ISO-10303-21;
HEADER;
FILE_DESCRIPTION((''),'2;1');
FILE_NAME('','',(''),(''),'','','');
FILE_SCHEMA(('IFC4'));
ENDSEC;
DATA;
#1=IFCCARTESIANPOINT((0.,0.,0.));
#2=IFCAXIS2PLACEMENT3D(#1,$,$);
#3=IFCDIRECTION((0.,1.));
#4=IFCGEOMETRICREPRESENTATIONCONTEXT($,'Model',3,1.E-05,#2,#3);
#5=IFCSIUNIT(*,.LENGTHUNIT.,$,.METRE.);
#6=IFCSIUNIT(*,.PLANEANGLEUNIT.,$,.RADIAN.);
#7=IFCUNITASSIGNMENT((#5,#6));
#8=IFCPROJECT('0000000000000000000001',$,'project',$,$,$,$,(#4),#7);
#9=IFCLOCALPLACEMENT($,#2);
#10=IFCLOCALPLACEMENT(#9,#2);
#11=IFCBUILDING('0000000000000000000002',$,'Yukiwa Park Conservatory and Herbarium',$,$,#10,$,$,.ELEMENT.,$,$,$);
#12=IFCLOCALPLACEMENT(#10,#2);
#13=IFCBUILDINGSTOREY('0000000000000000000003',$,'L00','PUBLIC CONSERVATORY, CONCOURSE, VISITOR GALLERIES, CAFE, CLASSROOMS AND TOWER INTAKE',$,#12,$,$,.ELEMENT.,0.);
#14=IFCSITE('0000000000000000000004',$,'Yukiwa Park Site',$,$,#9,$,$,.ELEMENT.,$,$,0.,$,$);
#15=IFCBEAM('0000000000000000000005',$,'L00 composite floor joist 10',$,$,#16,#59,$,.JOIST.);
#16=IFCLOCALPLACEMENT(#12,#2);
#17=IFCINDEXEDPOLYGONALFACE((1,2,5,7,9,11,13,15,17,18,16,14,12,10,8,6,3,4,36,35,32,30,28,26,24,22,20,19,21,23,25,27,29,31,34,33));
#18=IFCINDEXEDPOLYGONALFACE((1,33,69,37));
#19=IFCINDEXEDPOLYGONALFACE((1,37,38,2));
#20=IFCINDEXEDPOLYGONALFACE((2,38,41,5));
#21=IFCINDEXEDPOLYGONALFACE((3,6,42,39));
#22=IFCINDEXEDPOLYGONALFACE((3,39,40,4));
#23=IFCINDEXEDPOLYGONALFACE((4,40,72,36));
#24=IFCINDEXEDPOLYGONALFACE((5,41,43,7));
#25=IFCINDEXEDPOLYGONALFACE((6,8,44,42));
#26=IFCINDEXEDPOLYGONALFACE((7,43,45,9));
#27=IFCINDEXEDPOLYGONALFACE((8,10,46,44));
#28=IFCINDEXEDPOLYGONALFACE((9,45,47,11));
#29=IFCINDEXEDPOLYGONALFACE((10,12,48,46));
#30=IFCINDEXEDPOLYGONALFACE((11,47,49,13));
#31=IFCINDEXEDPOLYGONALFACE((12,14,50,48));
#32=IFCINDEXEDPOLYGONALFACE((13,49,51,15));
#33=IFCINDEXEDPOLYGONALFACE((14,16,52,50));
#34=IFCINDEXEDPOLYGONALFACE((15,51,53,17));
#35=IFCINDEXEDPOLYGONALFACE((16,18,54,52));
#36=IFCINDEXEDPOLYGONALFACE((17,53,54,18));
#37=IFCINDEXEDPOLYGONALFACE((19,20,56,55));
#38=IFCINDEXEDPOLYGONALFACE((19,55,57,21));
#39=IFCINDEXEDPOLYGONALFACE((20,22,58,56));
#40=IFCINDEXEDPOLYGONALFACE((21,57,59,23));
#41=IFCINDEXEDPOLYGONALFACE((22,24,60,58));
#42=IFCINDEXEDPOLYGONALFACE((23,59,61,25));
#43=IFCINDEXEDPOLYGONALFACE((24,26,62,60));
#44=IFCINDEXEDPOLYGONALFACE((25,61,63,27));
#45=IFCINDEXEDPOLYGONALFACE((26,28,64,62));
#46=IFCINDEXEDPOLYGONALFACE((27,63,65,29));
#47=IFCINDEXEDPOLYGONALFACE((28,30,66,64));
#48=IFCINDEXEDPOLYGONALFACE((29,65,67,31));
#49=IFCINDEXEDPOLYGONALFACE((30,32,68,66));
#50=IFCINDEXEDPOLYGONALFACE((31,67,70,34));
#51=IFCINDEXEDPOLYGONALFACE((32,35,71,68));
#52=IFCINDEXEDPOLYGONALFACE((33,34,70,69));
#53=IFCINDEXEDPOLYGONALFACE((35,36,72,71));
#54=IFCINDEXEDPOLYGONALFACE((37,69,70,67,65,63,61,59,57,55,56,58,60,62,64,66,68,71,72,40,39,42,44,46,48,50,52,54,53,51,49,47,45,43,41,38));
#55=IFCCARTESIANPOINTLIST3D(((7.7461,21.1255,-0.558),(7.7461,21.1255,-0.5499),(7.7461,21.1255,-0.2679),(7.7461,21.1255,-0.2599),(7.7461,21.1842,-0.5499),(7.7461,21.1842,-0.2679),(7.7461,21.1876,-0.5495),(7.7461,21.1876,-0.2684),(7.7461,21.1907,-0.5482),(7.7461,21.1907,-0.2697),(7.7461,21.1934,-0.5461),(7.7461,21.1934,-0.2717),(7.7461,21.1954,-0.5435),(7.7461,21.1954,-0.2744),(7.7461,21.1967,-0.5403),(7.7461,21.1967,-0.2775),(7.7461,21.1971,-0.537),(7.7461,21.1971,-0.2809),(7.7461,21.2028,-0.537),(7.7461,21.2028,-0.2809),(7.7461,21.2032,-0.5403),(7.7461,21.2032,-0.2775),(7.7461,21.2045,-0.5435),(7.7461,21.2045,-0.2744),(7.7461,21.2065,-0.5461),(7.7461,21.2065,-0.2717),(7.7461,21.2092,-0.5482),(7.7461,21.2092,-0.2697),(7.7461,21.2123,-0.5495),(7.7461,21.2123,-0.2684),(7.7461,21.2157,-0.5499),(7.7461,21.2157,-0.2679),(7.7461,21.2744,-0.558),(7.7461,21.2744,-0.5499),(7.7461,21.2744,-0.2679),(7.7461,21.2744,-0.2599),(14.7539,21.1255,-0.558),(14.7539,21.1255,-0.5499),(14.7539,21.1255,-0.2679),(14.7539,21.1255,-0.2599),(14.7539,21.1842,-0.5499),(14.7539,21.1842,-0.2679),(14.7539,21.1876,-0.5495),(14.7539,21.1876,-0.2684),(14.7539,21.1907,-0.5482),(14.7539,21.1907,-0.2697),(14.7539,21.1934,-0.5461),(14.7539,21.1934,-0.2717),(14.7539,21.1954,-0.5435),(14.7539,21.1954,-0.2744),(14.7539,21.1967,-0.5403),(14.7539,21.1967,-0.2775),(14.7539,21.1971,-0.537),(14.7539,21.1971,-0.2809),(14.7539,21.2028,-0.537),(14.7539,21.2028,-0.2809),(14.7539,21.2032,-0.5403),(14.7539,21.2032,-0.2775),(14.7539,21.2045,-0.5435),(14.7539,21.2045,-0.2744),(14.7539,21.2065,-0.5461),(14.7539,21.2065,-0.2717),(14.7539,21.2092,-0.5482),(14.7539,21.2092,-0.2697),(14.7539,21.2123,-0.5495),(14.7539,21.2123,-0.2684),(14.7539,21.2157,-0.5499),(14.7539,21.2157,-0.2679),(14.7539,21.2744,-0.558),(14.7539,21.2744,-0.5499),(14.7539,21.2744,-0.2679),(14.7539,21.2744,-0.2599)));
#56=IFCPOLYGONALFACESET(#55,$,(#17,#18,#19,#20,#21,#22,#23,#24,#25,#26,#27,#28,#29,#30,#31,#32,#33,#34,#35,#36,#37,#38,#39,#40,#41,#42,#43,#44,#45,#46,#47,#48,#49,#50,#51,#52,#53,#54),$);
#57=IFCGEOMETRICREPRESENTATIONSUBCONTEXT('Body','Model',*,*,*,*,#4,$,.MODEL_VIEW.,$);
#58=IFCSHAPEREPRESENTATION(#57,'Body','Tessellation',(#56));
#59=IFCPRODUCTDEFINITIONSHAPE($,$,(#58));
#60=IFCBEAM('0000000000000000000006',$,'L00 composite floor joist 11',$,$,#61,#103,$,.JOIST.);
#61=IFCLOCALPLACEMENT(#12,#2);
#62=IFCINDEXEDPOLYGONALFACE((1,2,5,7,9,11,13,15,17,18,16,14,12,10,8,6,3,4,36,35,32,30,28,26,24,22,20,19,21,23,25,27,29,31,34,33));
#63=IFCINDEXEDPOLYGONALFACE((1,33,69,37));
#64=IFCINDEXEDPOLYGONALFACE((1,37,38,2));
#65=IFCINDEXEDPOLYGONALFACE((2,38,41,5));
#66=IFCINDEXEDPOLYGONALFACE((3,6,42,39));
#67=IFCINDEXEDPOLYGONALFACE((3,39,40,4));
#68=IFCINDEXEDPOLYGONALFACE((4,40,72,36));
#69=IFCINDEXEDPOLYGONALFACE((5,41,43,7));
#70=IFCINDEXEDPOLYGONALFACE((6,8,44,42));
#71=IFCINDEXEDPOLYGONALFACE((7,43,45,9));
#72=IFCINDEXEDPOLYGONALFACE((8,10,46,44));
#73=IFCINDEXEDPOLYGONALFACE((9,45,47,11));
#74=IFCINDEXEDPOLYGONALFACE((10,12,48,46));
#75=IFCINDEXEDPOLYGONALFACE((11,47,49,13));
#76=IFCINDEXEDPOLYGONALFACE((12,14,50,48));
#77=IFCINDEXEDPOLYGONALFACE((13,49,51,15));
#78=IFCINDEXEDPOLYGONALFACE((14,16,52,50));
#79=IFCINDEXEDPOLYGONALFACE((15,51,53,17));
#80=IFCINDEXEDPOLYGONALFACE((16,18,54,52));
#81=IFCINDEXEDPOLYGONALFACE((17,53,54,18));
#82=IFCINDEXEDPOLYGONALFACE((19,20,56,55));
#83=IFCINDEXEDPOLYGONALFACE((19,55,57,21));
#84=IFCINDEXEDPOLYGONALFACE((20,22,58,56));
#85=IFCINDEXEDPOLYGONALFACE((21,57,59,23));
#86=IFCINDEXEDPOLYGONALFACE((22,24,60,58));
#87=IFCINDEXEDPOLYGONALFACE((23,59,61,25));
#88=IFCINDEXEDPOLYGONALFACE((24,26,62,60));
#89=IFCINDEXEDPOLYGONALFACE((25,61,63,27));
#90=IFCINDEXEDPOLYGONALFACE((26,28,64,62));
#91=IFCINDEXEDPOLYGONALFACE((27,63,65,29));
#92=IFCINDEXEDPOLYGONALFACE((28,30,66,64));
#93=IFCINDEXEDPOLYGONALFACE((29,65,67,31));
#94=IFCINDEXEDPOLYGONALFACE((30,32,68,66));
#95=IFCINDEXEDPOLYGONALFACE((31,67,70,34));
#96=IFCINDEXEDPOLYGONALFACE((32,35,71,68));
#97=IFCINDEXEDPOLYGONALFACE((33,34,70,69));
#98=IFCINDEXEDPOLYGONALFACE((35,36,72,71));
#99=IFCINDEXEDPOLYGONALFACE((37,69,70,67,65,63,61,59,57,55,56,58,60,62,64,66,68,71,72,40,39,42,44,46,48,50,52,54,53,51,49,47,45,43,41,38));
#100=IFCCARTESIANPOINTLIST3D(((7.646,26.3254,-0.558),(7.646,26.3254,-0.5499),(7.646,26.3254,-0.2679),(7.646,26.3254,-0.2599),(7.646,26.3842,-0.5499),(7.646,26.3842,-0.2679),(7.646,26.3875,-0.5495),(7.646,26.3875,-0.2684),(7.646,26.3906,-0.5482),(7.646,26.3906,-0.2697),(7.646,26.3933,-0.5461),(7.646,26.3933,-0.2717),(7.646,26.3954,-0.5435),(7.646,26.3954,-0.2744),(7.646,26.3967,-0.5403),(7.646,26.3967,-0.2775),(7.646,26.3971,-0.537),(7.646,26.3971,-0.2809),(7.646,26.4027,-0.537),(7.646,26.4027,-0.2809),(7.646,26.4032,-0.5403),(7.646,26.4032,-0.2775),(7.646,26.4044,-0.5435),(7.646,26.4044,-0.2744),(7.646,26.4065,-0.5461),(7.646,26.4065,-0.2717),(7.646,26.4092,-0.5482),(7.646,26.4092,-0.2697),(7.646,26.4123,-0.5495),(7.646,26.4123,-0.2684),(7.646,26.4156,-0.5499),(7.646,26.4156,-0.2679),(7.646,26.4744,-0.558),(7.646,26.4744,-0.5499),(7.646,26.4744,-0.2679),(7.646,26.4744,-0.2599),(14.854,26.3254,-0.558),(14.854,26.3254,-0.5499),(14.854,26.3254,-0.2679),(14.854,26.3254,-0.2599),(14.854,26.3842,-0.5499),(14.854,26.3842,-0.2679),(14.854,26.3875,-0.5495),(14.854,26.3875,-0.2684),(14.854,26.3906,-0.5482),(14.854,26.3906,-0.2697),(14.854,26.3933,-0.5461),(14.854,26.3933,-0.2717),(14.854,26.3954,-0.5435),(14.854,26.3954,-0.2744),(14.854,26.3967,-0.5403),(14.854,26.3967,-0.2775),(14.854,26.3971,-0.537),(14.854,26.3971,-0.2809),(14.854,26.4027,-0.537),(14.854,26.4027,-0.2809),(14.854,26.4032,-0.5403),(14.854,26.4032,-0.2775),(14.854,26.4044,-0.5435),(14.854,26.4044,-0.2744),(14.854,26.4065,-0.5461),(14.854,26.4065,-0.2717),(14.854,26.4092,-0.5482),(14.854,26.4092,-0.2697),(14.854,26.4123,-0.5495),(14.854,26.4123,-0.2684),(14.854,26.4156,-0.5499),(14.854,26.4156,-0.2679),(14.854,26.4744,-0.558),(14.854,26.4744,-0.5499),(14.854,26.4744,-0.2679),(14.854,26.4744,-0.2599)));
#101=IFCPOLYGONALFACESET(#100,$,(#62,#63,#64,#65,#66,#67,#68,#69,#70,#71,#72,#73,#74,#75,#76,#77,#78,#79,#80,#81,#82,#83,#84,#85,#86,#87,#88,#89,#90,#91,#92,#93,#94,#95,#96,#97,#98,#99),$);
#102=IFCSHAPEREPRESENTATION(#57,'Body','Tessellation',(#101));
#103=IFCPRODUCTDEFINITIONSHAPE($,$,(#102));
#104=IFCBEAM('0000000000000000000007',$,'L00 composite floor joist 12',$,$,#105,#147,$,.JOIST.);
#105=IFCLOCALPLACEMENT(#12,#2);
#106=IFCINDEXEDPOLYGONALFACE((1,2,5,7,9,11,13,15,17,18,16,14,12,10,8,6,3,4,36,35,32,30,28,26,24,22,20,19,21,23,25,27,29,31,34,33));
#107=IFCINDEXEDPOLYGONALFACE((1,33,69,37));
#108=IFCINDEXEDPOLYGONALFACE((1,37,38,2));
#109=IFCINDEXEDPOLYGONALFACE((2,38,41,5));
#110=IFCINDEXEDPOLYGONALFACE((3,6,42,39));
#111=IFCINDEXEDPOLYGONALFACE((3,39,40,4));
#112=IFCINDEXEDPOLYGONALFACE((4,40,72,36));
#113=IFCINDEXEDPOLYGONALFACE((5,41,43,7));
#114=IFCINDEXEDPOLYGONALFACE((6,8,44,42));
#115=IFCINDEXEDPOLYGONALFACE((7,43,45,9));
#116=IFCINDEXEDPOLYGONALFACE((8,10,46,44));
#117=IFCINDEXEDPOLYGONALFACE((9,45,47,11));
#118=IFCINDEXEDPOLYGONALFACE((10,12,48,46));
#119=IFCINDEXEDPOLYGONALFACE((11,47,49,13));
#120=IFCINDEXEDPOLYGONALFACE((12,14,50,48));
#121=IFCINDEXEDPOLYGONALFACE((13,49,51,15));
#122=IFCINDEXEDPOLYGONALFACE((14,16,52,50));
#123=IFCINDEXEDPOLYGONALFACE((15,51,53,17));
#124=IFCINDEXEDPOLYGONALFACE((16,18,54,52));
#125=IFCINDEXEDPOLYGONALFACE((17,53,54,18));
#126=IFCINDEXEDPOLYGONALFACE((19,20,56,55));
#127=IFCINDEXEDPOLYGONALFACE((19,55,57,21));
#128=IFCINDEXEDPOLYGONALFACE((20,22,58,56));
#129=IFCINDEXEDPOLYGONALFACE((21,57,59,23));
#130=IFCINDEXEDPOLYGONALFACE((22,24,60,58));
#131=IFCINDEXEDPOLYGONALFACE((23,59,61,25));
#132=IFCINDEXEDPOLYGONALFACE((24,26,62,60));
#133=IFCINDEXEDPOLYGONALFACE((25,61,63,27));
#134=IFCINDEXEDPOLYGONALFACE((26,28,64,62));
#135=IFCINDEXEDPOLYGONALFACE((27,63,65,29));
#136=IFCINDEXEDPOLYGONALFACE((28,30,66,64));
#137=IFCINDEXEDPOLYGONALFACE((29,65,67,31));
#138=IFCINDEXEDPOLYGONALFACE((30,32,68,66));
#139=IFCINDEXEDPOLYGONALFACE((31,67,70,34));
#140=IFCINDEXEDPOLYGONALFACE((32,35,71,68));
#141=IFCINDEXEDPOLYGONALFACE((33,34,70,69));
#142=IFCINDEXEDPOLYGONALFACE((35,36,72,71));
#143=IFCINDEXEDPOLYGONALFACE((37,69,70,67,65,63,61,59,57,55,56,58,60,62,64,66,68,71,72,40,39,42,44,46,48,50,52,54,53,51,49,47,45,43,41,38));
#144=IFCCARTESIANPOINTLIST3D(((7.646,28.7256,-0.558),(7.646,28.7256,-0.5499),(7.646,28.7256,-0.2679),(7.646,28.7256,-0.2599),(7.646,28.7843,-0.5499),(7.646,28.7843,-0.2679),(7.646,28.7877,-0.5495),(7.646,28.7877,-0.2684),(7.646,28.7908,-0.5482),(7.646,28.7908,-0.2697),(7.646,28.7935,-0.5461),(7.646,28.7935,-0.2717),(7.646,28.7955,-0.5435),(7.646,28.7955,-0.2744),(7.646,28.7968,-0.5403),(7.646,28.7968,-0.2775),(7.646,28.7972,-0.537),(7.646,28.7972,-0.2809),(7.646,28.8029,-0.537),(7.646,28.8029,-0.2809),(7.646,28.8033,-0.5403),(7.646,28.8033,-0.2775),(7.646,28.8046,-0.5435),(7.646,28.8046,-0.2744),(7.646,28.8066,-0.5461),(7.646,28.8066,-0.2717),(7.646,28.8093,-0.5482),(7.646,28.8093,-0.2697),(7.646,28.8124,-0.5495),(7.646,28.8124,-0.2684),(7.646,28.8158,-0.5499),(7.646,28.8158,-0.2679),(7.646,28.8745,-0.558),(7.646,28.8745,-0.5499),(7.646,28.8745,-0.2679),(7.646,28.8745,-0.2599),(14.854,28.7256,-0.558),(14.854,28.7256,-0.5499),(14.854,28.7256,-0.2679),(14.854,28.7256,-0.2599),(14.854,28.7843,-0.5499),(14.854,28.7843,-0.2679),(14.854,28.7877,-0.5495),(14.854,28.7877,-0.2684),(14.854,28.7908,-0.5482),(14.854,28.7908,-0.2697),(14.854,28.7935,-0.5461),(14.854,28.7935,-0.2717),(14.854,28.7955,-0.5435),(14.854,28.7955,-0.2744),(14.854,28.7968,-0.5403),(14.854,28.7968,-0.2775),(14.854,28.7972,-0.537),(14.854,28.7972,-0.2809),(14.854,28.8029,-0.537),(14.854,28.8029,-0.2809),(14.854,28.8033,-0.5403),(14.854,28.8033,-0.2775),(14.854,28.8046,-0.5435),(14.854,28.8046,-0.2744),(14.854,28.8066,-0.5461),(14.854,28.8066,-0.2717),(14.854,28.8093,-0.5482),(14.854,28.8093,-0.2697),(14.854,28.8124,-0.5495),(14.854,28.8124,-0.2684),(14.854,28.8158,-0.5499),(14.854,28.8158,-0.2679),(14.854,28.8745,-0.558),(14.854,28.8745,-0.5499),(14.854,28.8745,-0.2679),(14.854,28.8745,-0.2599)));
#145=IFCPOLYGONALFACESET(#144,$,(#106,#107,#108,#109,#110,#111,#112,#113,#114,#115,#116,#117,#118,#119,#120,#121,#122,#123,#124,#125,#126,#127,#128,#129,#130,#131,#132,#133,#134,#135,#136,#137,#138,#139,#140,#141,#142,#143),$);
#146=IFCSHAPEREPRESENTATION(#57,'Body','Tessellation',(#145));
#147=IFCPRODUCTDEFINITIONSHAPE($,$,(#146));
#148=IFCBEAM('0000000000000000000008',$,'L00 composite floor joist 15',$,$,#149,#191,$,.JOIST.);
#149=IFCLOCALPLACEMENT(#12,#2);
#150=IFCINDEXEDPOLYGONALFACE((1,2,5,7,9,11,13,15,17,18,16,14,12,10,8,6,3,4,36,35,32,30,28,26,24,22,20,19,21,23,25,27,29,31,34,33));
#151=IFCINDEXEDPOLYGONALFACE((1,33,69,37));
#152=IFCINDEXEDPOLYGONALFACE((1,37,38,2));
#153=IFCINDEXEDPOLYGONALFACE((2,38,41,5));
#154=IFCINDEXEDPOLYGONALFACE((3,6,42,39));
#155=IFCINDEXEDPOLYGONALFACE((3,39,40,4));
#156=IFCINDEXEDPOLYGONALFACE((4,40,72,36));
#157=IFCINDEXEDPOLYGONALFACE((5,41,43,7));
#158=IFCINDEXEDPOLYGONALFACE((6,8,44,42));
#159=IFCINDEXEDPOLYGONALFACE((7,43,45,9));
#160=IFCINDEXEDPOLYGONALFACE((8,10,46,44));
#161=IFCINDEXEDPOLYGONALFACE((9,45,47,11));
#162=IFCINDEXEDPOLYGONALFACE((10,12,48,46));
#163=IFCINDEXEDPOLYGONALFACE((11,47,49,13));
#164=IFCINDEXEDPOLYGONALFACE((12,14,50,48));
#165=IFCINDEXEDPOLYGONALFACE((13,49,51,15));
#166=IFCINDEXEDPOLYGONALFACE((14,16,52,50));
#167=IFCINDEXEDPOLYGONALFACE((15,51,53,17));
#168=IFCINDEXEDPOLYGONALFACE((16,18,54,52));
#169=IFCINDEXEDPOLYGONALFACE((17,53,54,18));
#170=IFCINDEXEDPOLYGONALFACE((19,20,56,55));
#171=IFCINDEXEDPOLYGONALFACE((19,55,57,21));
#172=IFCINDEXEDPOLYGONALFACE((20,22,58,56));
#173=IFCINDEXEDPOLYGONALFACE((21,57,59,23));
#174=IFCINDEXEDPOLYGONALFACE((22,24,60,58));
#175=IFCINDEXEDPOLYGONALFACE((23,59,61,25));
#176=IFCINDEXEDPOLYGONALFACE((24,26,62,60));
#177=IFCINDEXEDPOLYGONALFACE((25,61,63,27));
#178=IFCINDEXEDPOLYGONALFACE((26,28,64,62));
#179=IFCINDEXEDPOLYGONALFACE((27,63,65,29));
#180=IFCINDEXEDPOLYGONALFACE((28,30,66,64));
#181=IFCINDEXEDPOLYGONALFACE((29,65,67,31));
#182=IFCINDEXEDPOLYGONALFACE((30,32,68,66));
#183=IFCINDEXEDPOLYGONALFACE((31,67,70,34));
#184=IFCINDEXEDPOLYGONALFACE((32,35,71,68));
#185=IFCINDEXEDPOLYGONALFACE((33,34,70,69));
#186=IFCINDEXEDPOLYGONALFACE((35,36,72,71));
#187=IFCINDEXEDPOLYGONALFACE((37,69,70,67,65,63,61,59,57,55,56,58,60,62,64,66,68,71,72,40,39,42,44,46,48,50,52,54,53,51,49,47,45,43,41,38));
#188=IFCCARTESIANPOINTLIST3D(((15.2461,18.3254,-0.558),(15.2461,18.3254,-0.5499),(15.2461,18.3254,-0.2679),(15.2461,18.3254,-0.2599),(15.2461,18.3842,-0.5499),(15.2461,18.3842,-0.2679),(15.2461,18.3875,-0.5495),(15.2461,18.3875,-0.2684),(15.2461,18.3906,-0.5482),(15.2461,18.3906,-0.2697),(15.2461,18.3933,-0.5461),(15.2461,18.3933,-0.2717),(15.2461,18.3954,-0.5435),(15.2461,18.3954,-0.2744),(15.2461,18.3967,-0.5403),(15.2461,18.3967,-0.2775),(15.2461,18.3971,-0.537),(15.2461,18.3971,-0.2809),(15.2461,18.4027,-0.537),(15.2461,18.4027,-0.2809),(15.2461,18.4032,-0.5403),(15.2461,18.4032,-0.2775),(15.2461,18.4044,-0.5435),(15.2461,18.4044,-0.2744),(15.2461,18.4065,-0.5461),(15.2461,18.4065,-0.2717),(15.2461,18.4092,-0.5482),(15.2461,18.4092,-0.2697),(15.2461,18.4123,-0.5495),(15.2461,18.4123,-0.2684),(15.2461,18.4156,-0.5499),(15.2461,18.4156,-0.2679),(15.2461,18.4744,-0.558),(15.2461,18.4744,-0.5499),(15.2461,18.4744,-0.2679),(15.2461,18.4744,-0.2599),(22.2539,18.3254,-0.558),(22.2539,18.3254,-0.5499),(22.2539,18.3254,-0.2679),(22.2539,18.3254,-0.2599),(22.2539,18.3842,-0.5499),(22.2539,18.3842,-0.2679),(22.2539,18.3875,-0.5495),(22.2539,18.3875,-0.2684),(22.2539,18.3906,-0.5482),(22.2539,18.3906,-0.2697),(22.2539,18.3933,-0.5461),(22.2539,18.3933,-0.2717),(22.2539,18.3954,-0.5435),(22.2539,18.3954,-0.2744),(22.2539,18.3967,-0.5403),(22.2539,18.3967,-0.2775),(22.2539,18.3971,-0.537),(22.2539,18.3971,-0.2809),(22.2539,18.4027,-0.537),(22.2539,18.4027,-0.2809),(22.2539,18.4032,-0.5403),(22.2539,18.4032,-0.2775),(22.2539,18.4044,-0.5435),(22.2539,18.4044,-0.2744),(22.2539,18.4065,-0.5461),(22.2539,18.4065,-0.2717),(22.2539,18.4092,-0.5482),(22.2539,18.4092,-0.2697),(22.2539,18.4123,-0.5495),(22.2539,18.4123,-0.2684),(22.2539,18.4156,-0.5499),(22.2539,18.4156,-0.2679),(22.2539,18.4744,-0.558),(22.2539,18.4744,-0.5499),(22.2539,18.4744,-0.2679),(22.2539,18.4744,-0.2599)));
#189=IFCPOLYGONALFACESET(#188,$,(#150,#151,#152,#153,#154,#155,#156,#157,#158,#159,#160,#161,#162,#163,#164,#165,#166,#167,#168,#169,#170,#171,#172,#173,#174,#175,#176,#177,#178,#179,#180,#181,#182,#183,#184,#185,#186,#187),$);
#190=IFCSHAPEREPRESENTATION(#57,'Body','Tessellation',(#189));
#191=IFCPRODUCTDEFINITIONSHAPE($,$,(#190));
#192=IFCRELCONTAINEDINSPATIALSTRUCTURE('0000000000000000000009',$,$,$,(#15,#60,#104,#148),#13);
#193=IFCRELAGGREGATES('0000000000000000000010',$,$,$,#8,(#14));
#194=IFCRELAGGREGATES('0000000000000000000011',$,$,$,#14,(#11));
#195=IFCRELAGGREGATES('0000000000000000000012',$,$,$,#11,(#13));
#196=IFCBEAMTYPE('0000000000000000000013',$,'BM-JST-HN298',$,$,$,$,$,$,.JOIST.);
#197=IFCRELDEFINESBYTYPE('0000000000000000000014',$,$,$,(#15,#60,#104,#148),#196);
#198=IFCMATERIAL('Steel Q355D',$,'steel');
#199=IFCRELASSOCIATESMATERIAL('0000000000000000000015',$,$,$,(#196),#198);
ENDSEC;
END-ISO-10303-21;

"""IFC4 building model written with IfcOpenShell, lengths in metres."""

from ifc_helpers import new_model, si_unit, direction, frame, origin, origin_2d, place, context, subcontext, project, spatial, i_section, extrude, material, material_profile, profile_set, type_object, element, save


model = new_model("IFC4")

# Units and contexts
model_context = context("Model", 3, precision=1e-05, world=origin(), true_north=direction((0.0, 1.0)))
body_context = subcontext(model_context, "Body", "Model", "MODEL_VIEW")
ifc_project = project(units=[si_unit("LENGTHUNIT", "METRE"), si_unit("PLANEANGLEUNIT", "RADIAN")], contexts=[model_context])

# Site, building, storey
site_placement = place(None, origin())
site = spatial("IfcSite", under=ifc_project, at=site_placement, Name="Yukiwa Park Site", CompositionType="ELEMENT", RefElevation=0.0)
building_placement = place(site_placement, origin())
building = spatial("IfcBuilding", under=site, at=building_placement, Name="Yukiwa Park Conservatory and Herbarium", CompositionType="ELEMENT")
storey_placement = place(building_placement, origin())
storey = spatial("IfcBuildingStorey", under=building, at=storey_placement, Name="L00", Description="PUBLIC CONSERVATORY, CONCOURSE, VISITOR GALLERIES, CAFE, CLASSROOMS AND TOWER INTAKE", CompositionType="ELEMENT", Elevation=0.0)

# Beams
ifc_material_1 = material(Name="Steel Q355D", Category="steel")
ifc_material_profile_1 = material_profile(ifc_material_1, i_section(OverallWidth=0.1489, OverallDepth=0.2981, WebThickness=0.0056, FlangeThickness=0.0081, FilletRadius=0.0129, at=origin_2d()), Name="HN 298x149x5.5x8")
ifc_profile_set_1 = profile_set([ifc_material_profile_1], Name="Steel Q355D")
beam_type_1 = type_object("IfcBeamType", Name="BM-JST-HN298", PredefinedType="JOIST", material=ifc_profile_set_1)
for number, where, z_axis, x_axis, name in (
    (1, (7.7461, 21.2, -0.4089), (1.0, 0.0, 0.0), (0.0, 1.0, 0.0), "L00 composite floor joist 10"),
):
    element("IfcBeam", number, at=place(storey_placement, frame(where, z_axis=z_axis, x_axis=x_axis)), inside=storey, type_object=beam_type_1, Name=name, PredefinedType="JOIST", context=body_context, shape_type="SweptSolid", body=[
        extrude(i_section(OverallWidth=0.1489, OverallDepth=0.2981, WebThickness=0.0056, FlangeThickness=0.0081, FilletRadius=0.0129, at=origin_2d()), origin(), (0.0, 0.0, 1.0), 7.0078),
    ])
for number, where, z_axis, x_axis, name in (
    (2, (7.646, 26.3999, -0.4089), (1.0, 0.0, 0.0), (0.0, 1.0, 0.0), "L00 composite floor joist 11"),
    (3, (7.646, 28.8, -0.4089), (1.0, 0.0, 0.0), (0.0, 1.0, 0.0), "L00 composite floor joist 12"),
):
    element("IfcBeam", number, at=place(storey_placement, frame(where, z_axis=z_axis, x_axis=x_axis)), inside=storey, type_object=beam_type_1, Name=name, PredefinedType="JOIST", context=body_context, shape_type="SweptSolid", body=[
        extrude(i_section(OverallWidth=0.1489, OverallDepth=0.2981, WebThickness=0.0056, FlangeThickness=0.0081, FilletRadius=0.0129, at=origin_2d()), origin(), (0.0, 0.0, 1.0), 7.208),
    ])
for number, where, z_axis, x_axis, name in (
    (4, (15.2461, 18.3999, -0.4089), (1.0, 0.0, 0.0), (0.0, 1.0, 0.0), "L00 composite floor joist 15"),
):
    element("IfcBeam", number, at=place(storey_placement, frame(where, z_axis=z_axis, x_axis=x_axis)), inside=storey, type_object=beam_type_1, Name=name, PredefinedType="JOIST", context=body_context, shape_type="SweptSolid", body=[
        extrude(i_section(OverallWidth=0.1489, OverallDepth=0.2981, WebThickness=0.0056, FlangeThickness=0.0081, FilletRadius=0.0129, at=origin_2d()), origin(), (0.0, 0.0, 1.0), 7.0078),
    ])

save(model, "model.ifc")
